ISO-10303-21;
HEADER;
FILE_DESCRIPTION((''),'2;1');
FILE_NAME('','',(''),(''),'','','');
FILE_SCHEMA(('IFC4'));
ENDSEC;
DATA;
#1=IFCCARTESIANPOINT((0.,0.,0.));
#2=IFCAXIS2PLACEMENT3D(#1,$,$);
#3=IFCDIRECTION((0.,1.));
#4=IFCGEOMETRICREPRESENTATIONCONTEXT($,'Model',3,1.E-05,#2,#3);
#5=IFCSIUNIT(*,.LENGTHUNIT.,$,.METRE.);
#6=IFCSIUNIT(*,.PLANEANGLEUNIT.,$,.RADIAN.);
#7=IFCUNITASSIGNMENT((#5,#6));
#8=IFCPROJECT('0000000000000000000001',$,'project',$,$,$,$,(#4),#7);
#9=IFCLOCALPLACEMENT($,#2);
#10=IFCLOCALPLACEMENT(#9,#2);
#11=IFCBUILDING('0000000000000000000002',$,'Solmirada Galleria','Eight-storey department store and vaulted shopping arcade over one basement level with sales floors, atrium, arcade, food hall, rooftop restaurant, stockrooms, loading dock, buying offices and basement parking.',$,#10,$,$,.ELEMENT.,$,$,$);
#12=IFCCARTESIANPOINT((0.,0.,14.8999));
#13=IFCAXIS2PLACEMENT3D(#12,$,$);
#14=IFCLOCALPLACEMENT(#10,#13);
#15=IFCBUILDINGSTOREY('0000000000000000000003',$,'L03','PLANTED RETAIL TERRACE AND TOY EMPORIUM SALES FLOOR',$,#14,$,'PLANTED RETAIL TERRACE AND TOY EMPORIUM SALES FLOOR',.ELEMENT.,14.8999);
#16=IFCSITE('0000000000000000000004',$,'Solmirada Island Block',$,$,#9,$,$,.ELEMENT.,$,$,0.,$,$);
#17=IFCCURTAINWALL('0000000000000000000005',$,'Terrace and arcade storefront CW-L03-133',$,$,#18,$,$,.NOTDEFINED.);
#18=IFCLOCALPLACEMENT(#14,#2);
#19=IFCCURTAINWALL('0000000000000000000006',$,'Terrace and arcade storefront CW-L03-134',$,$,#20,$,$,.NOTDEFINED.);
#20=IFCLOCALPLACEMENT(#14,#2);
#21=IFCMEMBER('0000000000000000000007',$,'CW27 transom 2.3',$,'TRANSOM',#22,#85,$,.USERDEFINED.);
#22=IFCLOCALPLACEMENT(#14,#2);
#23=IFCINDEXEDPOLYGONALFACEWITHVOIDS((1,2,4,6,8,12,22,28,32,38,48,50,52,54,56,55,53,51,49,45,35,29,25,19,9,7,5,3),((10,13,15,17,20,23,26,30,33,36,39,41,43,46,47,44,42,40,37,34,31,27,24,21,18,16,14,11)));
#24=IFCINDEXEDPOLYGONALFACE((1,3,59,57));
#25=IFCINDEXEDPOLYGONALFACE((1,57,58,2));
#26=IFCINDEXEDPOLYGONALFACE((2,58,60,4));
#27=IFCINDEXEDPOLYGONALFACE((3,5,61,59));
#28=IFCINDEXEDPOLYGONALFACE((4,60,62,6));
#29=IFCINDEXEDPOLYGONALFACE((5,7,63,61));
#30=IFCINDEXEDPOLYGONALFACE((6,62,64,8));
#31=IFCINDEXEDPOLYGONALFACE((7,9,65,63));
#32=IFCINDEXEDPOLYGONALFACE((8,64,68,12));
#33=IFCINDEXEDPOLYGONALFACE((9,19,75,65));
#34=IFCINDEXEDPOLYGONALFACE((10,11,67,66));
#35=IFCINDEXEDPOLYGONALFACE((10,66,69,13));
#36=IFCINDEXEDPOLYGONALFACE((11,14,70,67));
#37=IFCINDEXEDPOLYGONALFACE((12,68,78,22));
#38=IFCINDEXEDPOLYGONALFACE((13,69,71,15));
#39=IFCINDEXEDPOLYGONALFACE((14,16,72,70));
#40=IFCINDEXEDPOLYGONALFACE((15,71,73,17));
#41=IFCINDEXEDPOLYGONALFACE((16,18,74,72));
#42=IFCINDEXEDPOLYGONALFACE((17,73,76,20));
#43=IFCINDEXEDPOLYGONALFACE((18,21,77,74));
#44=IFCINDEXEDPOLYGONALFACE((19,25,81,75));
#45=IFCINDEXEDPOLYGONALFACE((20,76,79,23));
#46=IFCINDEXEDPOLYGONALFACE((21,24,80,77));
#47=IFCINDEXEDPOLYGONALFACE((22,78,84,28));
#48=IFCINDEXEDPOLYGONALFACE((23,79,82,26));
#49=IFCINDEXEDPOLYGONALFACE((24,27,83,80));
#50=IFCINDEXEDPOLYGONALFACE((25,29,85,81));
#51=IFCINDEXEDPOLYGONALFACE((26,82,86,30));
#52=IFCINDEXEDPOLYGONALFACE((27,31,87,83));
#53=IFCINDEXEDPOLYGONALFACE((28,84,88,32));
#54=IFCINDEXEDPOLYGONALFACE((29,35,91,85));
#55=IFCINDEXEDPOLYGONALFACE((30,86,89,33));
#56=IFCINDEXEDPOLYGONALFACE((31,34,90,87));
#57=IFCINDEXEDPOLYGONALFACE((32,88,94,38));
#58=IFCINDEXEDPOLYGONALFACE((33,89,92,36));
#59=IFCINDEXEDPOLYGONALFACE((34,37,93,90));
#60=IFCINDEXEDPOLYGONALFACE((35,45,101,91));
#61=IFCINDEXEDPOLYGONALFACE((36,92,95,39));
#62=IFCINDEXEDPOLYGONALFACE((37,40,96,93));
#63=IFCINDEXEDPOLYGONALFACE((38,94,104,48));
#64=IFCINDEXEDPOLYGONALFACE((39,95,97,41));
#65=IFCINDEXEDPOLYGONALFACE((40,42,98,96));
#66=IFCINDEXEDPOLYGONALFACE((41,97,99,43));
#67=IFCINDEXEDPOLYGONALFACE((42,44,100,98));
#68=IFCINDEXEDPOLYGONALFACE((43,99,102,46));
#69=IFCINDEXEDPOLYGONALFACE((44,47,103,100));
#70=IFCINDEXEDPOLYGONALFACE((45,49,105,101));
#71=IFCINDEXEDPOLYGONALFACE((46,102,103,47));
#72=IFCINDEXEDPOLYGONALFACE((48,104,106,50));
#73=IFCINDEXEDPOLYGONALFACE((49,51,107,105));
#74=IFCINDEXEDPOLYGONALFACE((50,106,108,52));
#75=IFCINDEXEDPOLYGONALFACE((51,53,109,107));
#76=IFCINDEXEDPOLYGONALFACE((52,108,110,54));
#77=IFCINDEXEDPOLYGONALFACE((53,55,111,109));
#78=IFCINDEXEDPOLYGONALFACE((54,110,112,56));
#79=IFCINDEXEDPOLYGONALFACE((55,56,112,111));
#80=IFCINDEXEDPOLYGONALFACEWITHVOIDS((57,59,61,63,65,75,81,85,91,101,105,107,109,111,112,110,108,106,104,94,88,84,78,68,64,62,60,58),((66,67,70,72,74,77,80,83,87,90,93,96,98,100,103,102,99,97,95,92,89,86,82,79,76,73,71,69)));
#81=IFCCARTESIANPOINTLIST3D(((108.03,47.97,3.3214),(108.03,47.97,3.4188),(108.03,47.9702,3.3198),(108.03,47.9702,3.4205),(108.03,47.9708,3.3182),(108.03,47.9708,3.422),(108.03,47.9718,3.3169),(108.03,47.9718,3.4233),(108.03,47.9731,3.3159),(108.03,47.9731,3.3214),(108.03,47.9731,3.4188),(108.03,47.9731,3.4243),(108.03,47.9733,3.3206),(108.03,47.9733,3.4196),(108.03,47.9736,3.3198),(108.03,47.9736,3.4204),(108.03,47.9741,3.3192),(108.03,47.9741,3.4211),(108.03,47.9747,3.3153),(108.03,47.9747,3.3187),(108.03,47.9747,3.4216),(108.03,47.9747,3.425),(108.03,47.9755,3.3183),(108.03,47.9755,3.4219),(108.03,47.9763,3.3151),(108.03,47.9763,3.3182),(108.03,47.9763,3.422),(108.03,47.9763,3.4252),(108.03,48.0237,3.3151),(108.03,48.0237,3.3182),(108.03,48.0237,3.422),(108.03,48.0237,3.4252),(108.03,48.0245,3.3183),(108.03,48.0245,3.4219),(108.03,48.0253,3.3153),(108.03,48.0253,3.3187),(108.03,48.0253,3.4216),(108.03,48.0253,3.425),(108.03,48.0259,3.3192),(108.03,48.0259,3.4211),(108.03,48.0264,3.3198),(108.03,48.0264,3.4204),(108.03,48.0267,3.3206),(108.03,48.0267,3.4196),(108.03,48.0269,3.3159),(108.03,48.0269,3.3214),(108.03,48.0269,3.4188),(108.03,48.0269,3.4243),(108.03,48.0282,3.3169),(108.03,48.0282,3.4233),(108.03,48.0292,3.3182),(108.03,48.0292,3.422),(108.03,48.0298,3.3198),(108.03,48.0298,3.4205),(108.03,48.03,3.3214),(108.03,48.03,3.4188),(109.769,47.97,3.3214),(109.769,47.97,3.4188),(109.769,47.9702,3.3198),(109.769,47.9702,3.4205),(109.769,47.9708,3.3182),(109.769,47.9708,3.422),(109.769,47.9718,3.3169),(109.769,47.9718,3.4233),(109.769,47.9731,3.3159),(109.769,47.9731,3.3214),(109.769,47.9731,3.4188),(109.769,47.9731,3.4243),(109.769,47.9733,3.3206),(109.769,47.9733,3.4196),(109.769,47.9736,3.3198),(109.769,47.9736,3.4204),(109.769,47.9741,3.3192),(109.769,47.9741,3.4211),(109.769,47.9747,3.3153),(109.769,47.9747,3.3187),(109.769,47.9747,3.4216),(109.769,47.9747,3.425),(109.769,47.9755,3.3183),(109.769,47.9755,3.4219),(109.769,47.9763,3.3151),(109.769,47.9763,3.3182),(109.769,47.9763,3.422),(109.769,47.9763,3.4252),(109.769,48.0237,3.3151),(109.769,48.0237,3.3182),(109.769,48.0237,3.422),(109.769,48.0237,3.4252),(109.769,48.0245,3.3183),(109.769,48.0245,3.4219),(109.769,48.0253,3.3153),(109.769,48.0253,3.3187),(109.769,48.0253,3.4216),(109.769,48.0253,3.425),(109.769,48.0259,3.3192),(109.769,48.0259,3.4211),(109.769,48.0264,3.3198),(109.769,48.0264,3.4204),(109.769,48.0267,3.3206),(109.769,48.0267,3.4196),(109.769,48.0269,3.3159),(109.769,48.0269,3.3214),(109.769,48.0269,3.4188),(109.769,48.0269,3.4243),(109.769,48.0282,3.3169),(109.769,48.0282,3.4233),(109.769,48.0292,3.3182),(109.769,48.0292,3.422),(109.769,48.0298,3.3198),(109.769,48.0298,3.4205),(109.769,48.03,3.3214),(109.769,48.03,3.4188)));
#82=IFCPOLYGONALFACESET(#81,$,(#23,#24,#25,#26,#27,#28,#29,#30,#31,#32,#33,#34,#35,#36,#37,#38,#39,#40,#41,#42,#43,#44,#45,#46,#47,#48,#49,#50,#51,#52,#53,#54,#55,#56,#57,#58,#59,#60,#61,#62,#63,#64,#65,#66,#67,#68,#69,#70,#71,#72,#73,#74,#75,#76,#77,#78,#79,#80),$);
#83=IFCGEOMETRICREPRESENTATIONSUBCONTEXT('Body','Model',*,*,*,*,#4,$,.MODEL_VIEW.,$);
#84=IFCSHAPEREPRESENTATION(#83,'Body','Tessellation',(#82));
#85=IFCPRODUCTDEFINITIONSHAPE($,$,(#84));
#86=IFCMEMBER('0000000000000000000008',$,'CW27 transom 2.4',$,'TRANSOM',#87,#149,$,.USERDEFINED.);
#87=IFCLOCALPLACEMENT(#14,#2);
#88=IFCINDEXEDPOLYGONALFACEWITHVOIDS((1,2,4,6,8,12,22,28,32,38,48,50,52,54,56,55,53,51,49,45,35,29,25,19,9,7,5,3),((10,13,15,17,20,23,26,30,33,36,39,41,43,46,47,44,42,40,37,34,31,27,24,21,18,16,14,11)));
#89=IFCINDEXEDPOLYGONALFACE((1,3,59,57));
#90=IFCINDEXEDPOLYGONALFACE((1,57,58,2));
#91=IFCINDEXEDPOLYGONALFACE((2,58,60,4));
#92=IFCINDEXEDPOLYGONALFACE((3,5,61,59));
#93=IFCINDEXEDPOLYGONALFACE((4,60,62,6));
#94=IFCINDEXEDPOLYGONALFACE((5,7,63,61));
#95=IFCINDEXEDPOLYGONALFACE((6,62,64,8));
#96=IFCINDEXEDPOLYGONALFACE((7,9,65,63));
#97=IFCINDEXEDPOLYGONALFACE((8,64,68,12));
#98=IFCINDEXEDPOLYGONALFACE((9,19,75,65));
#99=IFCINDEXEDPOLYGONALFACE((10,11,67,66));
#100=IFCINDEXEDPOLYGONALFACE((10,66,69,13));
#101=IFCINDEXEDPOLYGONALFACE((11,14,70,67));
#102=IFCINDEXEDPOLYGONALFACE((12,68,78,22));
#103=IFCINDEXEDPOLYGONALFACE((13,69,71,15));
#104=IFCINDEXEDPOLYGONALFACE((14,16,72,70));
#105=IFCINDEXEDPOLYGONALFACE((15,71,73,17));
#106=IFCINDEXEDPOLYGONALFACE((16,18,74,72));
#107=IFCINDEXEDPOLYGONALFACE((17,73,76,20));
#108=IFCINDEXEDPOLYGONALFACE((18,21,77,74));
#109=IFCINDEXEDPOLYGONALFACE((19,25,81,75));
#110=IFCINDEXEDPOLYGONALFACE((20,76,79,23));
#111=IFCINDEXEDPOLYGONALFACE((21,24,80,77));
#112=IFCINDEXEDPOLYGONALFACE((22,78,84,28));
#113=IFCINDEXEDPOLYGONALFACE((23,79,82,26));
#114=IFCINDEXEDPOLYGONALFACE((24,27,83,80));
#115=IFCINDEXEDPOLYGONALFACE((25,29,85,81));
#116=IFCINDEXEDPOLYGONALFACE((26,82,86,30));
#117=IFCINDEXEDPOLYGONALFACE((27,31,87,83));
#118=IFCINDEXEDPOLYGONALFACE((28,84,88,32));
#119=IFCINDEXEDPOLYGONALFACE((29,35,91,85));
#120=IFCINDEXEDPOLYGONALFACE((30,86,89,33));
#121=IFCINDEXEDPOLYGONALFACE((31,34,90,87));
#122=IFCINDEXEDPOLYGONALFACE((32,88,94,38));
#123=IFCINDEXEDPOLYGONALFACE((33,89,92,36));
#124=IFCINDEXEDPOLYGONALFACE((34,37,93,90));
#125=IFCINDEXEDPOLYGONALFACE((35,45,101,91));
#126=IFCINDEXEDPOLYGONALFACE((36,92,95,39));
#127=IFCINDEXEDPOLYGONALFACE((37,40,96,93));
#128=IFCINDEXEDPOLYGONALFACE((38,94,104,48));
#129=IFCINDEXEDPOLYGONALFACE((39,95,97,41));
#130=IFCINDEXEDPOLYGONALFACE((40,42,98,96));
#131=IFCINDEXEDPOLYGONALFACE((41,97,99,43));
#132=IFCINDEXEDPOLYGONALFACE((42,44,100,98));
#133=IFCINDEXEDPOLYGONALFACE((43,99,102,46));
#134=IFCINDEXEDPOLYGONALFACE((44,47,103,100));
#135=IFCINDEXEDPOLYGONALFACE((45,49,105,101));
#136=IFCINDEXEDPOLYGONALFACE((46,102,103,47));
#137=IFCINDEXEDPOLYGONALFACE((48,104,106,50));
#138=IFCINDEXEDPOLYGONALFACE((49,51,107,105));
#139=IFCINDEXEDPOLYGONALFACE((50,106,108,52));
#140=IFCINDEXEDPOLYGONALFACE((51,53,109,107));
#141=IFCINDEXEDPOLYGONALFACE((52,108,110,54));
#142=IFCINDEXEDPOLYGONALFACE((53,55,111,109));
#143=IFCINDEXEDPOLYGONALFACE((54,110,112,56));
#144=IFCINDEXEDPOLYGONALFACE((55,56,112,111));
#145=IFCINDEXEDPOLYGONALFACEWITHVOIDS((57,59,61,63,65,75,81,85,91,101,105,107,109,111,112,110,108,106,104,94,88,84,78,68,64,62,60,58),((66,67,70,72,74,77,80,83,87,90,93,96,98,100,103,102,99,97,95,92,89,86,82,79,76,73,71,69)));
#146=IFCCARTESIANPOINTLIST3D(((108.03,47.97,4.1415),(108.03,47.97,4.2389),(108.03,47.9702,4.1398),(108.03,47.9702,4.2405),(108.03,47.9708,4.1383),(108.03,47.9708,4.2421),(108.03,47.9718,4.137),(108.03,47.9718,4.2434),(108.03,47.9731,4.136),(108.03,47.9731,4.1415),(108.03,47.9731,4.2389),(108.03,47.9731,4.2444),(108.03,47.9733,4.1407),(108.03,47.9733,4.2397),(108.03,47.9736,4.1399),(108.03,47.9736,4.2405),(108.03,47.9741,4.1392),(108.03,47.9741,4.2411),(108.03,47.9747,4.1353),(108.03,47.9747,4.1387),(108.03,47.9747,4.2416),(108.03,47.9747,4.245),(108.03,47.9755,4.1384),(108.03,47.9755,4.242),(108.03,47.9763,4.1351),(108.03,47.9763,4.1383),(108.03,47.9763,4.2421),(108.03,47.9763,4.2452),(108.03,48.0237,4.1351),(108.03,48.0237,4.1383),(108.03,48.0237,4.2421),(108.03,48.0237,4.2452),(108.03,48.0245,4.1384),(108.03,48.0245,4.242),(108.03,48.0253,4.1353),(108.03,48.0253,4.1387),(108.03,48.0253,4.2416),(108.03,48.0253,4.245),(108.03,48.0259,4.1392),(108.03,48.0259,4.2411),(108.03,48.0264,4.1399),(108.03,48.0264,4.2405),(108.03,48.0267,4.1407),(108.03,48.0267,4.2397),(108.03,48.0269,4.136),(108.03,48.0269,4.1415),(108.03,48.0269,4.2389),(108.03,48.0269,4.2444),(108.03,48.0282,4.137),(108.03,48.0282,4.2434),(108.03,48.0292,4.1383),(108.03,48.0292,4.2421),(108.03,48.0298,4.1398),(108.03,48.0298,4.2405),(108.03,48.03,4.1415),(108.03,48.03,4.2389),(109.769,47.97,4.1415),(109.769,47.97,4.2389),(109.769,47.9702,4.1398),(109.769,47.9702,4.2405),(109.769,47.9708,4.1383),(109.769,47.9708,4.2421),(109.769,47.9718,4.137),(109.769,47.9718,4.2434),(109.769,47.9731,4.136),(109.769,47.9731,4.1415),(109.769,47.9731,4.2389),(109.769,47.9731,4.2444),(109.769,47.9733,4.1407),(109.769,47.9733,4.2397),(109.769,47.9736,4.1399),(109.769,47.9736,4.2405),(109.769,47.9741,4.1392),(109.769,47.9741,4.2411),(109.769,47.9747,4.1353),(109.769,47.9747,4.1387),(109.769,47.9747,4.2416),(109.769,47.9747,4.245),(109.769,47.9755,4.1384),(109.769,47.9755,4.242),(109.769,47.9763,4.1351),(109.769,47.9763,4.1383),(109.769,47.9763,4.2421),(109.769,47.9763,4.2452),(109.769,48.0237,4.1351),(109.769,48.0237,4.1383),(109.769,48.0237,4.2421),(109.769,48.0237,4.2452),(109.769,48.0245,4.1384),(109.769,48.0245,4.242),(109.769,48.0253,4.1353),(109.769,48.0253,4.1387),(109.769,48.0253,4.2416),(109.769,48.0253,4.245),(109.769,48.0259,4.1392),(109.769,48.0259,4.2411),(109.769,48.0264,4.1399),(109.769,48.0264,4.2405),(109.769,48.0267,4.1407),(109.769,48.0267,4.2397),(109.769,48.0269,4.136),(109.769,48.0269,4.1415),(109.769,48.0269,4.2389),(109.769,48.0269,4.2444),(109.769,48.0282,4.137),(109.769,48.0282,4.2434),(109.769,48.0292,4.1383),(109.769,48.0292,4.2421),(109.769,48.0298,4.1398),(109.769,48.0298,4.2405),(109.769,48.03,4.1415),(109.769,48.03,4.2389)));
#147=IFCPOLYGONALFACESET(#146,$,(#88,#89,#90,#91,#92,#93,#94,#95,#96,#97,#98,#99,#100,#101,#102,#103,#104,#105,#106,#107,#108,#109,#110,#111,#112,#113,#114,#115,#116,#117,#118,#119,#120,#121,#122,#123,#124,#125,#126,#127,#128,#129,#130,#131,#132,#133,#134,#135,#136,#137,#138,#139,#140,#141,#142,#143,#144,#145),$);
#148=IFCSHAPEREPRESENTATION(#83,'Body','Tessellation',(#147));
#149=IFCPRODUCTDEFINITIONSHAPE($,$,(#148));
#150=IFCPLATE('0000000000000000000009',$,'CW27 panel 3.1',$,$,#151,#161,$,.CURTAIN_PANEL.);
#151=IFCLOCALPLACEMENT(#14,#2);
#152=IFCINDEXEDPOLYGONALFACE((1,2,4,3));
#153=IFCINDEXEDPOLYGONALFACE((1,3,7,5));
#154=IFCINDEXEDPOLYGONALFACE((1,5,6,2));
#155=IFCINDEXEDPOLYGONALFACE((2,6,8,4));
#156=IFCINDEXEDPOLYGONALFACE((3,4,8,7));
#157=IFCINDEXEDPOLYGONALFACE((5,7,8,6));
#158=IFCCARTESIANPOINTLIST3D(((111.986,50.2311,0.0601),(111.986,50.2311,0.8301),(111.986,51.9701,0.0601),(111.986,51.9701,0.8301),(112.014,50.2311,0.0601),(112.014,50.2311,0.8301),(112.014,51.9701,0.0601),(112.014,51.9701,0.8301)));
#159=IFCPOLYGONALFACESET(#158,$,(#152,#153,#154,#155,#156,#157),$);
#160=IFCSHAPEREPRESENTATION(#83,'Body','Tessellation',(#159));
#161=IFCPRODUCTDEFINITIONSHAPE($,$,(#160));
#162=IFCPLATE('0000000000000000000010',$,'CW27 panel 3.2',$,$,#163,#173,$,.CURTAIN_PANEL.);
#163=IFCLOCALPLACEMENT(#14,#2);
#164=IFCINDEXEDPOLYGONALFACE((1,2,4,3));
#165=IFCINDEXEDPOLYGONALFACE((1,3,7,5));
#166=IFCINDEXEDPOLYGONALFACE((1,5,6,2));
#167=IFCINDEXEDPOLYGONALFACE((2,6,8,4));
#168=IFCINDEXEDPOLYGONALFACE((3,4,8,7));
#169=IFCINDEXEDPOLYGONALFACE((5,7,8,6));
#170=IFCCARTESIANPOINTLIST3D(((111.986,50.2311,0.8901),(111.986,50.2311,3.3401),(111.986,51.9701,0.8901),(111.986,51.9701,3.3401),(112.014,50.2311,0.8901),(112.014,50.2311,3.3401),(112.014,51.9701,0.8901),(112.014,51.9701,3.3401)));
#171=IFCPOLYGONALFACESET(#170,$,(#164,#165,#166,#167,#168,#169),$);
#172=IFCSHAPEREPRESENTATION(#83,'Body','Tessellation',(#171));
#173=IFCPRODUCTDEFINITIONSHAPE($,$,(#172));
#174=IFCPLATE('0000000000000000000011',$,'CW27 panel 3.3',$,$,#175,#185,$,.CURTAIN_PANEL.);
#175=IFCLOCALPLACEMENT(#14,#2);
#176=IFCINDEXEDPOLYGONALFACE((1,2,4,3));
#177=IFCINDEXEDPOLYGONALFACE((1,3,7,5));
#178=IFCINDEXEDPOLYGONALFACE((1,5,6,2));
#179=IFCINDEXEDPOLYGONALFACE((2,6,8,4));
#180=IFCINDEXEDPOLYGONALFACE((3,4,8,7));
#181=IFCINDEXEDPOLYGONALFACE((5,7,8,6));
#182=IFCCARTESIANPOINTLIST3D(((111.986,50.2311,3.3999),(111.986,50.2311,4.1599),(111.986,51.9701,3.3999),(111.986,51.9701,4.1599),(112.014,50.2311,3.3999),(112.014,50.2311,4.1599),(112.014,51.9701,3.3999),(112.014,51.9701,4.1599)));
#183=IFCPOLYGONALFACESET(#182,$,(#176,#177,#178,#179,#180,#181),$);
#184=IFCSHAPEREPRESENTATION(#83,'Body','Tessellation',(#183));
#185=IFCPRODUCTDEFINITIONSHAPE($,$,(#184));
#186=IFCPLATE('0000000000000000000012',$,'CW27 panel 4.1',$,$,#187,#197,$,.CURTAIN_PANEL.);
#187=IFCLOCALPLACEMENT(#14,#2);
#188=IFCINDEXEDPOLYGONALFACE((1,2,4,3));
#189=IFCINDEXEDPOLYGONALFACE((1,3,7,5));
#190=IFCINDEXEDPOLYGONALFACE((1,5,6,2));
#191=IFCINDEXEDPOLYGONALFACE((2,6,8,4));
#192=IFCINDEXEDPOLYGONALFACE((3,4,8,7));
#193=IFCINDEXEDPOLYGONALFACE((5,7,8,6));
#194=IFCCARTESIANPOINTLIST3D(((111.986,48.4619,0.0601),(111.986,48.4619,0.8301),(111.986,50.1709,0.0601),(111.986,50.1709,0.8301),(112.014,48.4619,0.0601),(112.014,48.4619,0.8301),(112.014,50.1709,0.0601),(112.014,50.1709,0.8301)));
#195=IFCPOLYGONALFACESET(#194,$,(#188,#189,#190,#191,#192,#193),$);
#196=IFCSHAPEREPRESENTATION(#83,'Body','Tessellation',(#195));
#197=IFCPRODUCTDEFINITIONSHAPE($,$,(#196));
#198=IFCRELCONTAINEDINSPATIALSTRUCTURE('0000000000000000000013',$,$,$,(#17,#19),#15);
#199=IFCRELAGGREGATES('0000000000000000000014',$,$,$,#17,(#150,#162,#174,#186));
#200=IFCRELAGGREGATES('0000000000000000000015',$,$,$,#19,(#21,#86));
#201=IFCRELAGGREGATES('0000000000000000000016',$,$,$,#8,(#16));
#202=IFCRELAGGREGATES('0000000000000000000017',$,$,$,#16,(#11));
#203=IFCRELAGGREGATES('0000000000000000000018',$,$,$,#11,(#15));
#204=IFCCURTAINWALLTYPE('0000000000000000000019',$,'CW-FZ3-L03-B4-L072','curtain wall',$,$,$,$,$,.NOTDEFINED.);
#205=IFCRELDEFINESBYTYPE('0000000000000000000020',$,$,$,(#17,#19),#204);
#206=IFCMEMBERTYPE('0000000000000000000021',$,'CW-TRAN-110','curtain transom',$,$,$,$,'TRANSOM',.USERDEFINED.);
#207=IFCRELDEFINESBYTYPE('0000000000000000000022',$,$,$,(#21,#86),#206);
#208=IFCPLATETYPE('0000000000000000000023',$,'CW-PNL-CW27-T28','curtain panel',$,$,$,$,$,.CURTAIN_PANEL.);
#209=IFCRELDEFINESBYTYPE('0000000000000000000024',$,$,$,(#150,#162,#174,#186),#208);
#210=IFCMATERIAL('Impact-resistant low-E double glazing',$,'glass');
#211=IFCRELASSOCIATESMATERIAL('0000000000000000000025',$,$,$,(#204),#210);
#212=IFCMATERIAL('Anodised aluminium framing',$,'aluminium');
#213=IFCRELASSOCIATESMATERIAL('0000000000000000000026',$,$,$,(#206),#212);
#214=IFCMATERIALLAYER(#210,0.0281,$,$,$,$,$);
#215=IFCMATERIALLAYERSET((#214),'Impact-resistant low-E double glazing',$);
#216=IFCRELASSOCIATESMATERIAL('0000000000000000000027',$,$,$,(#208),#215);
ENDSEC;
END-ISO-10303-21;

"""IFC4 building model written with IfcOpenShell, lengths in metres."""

from ifc_helpers import new_model, si_unit, direction, frame, origin, origin_2d, place, context, subcontext, project, spatial, rectangle, hollow_rectangle, extrude, material, layer, layer_set, material_profile, profile_set, type_object, element, aggregate, save


model = new_model("IFC4")

# Units and contexts
model_context = context("Model", 3, precision=1e-05, world=origin(), true_north=direction((0.0, 1.0)))
body_context = subcontext(model_context, "Body", "Model", "MODEL_VIEW")
ifc_project = project(units=[si_unit("LENGTHUNIT", "METRE"), si_unit("PLANEANGLEUNIT", "RADIAN")], contexts=[model_context])

# Site, building, storey
site_placement = place(None, origin())
site = spatial("IfcSite", under=ifc_project, at=site_placement, Name="Solmirada Island Block", CompositionType="ELEMENT", RefElevation=0.0)
building_placement = place(site_placement, origin())
building = spatial("IfcBuilding", under=site, at=building_placement, Name="Solmirada Galleria", Description="Eight-storey department store and vaulted shopping arcade over one basement level with sales floors, atrium, arcade, food hall, rooftop restaurant, stockrooms, loading dock, buying offices and basement parking.", CompositionType="ELEMENT")
storey_placement = place(building_placement, frame((0.0, 0.0, 14.8999)))
storey = spatial("IfcBuildingStorey", under=building, at=storey_placement, Name="L03", Description="PLANTED RETAIL TERRACE AND TOY EMPORIUM SALES FLOOR", LongName="PLANTED RETAIL TERRACE AND TOY EMPORIUM SALES FLOOR", CompositionType="ELEMENT", Elevation=14.8999)

# Curtain walls
ifc_material_1 = material(Name="Impact-resistant low-E double glazing", Category="glass")
curtain_wall_type = type_object("IfcCurtainWallType", Name="CW-FZ3-L03-B4-L072", Description="curtain wall", PredefinedType="NOTDEFINED", material=ifc_material_1)
curtain_wall_1_placement = place(storey_placement, origin())
curtain_wall_1 = element("IfcCurtainWall", 1, at=curtain_wall_1_placement, inside=storey, type_object=curtain_wall_type, Name="Terrace and arcade storefront CW-L03-133", PredefinedType="NOTDEFINED")
ifc_material_2 = material(Name="Anodised aluminium framing", Category="aluminium")
curtain_wall_2_placement = place(storey_placement, origin())
curtain_wall_2 = element("IfcCurtainWall", 2, at=curtain_wall_2_placement, inside=storey, type_object=curtain_wall_type, Name="Terrace and arcade storefront CW-L03-134", PredefinedType="NOTDEFINED")

# Members
ifc_material_profile_1 = material_profile(ifc_material_2, hollow_rectangle(XDim=0.0601, YDim=0.1101, WallThickness=0.0032, InnerFilletRadius=0.0032, OuterFilletRadius=0.0063, at=origin_2d()), Name="ALU-TRAN-110X60")
ifc_profile_set_1 = profile_set([ifc_material_profile_1], Name="Anodised aluminium framing")
member_type_1 = type_object("IfcMemberType", Name="CW-TRAN-110", Description="curtain transom", ElementType="TRANSOM", PredefinedType="USERDEFINED", material=ifc_profile_set_1)
member_1_placement = place(storey_placement, frame((109.769, 48.0, 3.3701), z_axis=(-1.0, 0.0, 0.0), x_axis=(0.0, -1.0, 0.0)))
member_1 = element("IfcMember", 3, at=member_1_placement, type_object=member_type_1, Name="CW27 transom 2.3", ObjectType="TRANSOM", PredefinedType="USERDEFINED", context=body_context, shape_type="SweptSolid", body=[
    extrude(hollow_rectangle(XDim=0.0601, YDim=0.1101, WallThickness=0.0032, InnerFilletRadius=0.0032, OuterFilletRadius=0.0063, at=origin_2d()), origin(), (0.0, 0.0, 1.0), 1.739),
])
member_2_placement = place(storey_placement, frame((109.769, 48.0, 4.1902), z_axis=(-1.0, 0.0, 0.0), x_axis=(0.0, -1.0, 0.0)))
member_2 = element("IfcMember", 4, at=member_2_placement, type_object=member_type_1, Name="CW27 transom 2.4", ObjectType="TRANSOM", PredefinedType="USERDEFINED", context=body_context, shape_type="SweptSolid", body=[
    extrude(hollow_rectangle(XDim=0.0601, YDim=0.1101, WallThickness=0.0032, InnerFilletRadius=0.0032, OuterFilletRadius=0.0063, at=origin_2d()), origin(), (0.0, 0.0, 1.0), 1.739),
])

# Plates
ifc_layer = layer(ifc_material_1, 0.0281)
ifc_layer_set = layer_set([ifc_layer], Name="Impact-resistant low-E double glazing")
plate_type = type_object("IfcPlateType", Name="CW-PNL-CW27-T28", Description="curtain panel", PredefinedType="CURTAIN_PANEL", material=ifc_layer_set)
plate_1_placement = place(storey_placement, frame((112.0, 51.1006, 0.0601), z_axis=(0.0, 0.0, 1.0), x_axis=(0.0, -1.0, 0.0)))
plate_1 = element("IfcPlate", 5, at=plate_1_placement, type_object=plate_type, Name="CW27 panel 3.1", PredefinedType="CURTAIN_PANEL", context=body_context, shape_type="SweptSolid", body=[
    extrude(rectangle(XDim=1.739, YDim=0.0281, at=origin_2d()), origin(), (0.0, 0.0, 1.0), 0.77),
])
plate_2_placement = place(storey_placement, frame((112.0, 51.1006, 0.8901), z_axis=(0.0, 0.0, 1.0), x_axis=(0.0, -1.0, 0.0)))
plate_2 = element("IfcPlate", 6, at=plate_2_placement, type_object=plate_type, Name="CW27 panel 3.2", PredefinedType="CURTAIN_PANEL", context=body_context, shape_type="SweptSolid", body=[
    extrude(rectangle(XDim=1.739, YDim=0.0281, at=origin_2d()), origin(), (0.0, 0.0, 1.0), 2.45),
])
plate_3_placement = place(storey_placement, frame((112.0, 51.1006, 3.3999), z_axis=(0.0, 0.0, 1.0), x_axis=(0.0, -1.0, 0.0)))
plate_3 = element("IfcPlate", 7, at=plate_3_placement, type_object=plate_type, Name="CW27 panel 3.3", PredefinedType="CURTAIN_PANEL", context=body_context, shape_type="SweptSolid", body=[
    extrude(rectangle(XDim=1.739, YDim=0.0281, at=origin_2d()), origin(), (0.0, 0.0, 1.0), 0.76),
])
plate_4_placement = place(storey_placement, frame((112.0, 49.3164, 0.0601), z_axis=(0.0, 0.0, 1.0), x_axis=(0.0, -1.0, 0.0)))
plate_4 = element("IfcPlate", 8, at=plate_4_placement, type_object=plate_type, Name="CW27 panel 4.1", PredefinedType="CURTAIN_PANEL", context=body_context, shape_type="SweptSolid", body=[
    extrude(rectangle(XDim=1.709, YDim=0.0281, at=origin_2d()), origin(), (0.0, 0.0, 1.0), 0.77),
])
aggregate(curtain_wall_1, [plate_1, plate_2, plate_3, plate_4])
aggregate(curtain_wall_2, [member_1, member_2])

save(model, "model.ifc")
